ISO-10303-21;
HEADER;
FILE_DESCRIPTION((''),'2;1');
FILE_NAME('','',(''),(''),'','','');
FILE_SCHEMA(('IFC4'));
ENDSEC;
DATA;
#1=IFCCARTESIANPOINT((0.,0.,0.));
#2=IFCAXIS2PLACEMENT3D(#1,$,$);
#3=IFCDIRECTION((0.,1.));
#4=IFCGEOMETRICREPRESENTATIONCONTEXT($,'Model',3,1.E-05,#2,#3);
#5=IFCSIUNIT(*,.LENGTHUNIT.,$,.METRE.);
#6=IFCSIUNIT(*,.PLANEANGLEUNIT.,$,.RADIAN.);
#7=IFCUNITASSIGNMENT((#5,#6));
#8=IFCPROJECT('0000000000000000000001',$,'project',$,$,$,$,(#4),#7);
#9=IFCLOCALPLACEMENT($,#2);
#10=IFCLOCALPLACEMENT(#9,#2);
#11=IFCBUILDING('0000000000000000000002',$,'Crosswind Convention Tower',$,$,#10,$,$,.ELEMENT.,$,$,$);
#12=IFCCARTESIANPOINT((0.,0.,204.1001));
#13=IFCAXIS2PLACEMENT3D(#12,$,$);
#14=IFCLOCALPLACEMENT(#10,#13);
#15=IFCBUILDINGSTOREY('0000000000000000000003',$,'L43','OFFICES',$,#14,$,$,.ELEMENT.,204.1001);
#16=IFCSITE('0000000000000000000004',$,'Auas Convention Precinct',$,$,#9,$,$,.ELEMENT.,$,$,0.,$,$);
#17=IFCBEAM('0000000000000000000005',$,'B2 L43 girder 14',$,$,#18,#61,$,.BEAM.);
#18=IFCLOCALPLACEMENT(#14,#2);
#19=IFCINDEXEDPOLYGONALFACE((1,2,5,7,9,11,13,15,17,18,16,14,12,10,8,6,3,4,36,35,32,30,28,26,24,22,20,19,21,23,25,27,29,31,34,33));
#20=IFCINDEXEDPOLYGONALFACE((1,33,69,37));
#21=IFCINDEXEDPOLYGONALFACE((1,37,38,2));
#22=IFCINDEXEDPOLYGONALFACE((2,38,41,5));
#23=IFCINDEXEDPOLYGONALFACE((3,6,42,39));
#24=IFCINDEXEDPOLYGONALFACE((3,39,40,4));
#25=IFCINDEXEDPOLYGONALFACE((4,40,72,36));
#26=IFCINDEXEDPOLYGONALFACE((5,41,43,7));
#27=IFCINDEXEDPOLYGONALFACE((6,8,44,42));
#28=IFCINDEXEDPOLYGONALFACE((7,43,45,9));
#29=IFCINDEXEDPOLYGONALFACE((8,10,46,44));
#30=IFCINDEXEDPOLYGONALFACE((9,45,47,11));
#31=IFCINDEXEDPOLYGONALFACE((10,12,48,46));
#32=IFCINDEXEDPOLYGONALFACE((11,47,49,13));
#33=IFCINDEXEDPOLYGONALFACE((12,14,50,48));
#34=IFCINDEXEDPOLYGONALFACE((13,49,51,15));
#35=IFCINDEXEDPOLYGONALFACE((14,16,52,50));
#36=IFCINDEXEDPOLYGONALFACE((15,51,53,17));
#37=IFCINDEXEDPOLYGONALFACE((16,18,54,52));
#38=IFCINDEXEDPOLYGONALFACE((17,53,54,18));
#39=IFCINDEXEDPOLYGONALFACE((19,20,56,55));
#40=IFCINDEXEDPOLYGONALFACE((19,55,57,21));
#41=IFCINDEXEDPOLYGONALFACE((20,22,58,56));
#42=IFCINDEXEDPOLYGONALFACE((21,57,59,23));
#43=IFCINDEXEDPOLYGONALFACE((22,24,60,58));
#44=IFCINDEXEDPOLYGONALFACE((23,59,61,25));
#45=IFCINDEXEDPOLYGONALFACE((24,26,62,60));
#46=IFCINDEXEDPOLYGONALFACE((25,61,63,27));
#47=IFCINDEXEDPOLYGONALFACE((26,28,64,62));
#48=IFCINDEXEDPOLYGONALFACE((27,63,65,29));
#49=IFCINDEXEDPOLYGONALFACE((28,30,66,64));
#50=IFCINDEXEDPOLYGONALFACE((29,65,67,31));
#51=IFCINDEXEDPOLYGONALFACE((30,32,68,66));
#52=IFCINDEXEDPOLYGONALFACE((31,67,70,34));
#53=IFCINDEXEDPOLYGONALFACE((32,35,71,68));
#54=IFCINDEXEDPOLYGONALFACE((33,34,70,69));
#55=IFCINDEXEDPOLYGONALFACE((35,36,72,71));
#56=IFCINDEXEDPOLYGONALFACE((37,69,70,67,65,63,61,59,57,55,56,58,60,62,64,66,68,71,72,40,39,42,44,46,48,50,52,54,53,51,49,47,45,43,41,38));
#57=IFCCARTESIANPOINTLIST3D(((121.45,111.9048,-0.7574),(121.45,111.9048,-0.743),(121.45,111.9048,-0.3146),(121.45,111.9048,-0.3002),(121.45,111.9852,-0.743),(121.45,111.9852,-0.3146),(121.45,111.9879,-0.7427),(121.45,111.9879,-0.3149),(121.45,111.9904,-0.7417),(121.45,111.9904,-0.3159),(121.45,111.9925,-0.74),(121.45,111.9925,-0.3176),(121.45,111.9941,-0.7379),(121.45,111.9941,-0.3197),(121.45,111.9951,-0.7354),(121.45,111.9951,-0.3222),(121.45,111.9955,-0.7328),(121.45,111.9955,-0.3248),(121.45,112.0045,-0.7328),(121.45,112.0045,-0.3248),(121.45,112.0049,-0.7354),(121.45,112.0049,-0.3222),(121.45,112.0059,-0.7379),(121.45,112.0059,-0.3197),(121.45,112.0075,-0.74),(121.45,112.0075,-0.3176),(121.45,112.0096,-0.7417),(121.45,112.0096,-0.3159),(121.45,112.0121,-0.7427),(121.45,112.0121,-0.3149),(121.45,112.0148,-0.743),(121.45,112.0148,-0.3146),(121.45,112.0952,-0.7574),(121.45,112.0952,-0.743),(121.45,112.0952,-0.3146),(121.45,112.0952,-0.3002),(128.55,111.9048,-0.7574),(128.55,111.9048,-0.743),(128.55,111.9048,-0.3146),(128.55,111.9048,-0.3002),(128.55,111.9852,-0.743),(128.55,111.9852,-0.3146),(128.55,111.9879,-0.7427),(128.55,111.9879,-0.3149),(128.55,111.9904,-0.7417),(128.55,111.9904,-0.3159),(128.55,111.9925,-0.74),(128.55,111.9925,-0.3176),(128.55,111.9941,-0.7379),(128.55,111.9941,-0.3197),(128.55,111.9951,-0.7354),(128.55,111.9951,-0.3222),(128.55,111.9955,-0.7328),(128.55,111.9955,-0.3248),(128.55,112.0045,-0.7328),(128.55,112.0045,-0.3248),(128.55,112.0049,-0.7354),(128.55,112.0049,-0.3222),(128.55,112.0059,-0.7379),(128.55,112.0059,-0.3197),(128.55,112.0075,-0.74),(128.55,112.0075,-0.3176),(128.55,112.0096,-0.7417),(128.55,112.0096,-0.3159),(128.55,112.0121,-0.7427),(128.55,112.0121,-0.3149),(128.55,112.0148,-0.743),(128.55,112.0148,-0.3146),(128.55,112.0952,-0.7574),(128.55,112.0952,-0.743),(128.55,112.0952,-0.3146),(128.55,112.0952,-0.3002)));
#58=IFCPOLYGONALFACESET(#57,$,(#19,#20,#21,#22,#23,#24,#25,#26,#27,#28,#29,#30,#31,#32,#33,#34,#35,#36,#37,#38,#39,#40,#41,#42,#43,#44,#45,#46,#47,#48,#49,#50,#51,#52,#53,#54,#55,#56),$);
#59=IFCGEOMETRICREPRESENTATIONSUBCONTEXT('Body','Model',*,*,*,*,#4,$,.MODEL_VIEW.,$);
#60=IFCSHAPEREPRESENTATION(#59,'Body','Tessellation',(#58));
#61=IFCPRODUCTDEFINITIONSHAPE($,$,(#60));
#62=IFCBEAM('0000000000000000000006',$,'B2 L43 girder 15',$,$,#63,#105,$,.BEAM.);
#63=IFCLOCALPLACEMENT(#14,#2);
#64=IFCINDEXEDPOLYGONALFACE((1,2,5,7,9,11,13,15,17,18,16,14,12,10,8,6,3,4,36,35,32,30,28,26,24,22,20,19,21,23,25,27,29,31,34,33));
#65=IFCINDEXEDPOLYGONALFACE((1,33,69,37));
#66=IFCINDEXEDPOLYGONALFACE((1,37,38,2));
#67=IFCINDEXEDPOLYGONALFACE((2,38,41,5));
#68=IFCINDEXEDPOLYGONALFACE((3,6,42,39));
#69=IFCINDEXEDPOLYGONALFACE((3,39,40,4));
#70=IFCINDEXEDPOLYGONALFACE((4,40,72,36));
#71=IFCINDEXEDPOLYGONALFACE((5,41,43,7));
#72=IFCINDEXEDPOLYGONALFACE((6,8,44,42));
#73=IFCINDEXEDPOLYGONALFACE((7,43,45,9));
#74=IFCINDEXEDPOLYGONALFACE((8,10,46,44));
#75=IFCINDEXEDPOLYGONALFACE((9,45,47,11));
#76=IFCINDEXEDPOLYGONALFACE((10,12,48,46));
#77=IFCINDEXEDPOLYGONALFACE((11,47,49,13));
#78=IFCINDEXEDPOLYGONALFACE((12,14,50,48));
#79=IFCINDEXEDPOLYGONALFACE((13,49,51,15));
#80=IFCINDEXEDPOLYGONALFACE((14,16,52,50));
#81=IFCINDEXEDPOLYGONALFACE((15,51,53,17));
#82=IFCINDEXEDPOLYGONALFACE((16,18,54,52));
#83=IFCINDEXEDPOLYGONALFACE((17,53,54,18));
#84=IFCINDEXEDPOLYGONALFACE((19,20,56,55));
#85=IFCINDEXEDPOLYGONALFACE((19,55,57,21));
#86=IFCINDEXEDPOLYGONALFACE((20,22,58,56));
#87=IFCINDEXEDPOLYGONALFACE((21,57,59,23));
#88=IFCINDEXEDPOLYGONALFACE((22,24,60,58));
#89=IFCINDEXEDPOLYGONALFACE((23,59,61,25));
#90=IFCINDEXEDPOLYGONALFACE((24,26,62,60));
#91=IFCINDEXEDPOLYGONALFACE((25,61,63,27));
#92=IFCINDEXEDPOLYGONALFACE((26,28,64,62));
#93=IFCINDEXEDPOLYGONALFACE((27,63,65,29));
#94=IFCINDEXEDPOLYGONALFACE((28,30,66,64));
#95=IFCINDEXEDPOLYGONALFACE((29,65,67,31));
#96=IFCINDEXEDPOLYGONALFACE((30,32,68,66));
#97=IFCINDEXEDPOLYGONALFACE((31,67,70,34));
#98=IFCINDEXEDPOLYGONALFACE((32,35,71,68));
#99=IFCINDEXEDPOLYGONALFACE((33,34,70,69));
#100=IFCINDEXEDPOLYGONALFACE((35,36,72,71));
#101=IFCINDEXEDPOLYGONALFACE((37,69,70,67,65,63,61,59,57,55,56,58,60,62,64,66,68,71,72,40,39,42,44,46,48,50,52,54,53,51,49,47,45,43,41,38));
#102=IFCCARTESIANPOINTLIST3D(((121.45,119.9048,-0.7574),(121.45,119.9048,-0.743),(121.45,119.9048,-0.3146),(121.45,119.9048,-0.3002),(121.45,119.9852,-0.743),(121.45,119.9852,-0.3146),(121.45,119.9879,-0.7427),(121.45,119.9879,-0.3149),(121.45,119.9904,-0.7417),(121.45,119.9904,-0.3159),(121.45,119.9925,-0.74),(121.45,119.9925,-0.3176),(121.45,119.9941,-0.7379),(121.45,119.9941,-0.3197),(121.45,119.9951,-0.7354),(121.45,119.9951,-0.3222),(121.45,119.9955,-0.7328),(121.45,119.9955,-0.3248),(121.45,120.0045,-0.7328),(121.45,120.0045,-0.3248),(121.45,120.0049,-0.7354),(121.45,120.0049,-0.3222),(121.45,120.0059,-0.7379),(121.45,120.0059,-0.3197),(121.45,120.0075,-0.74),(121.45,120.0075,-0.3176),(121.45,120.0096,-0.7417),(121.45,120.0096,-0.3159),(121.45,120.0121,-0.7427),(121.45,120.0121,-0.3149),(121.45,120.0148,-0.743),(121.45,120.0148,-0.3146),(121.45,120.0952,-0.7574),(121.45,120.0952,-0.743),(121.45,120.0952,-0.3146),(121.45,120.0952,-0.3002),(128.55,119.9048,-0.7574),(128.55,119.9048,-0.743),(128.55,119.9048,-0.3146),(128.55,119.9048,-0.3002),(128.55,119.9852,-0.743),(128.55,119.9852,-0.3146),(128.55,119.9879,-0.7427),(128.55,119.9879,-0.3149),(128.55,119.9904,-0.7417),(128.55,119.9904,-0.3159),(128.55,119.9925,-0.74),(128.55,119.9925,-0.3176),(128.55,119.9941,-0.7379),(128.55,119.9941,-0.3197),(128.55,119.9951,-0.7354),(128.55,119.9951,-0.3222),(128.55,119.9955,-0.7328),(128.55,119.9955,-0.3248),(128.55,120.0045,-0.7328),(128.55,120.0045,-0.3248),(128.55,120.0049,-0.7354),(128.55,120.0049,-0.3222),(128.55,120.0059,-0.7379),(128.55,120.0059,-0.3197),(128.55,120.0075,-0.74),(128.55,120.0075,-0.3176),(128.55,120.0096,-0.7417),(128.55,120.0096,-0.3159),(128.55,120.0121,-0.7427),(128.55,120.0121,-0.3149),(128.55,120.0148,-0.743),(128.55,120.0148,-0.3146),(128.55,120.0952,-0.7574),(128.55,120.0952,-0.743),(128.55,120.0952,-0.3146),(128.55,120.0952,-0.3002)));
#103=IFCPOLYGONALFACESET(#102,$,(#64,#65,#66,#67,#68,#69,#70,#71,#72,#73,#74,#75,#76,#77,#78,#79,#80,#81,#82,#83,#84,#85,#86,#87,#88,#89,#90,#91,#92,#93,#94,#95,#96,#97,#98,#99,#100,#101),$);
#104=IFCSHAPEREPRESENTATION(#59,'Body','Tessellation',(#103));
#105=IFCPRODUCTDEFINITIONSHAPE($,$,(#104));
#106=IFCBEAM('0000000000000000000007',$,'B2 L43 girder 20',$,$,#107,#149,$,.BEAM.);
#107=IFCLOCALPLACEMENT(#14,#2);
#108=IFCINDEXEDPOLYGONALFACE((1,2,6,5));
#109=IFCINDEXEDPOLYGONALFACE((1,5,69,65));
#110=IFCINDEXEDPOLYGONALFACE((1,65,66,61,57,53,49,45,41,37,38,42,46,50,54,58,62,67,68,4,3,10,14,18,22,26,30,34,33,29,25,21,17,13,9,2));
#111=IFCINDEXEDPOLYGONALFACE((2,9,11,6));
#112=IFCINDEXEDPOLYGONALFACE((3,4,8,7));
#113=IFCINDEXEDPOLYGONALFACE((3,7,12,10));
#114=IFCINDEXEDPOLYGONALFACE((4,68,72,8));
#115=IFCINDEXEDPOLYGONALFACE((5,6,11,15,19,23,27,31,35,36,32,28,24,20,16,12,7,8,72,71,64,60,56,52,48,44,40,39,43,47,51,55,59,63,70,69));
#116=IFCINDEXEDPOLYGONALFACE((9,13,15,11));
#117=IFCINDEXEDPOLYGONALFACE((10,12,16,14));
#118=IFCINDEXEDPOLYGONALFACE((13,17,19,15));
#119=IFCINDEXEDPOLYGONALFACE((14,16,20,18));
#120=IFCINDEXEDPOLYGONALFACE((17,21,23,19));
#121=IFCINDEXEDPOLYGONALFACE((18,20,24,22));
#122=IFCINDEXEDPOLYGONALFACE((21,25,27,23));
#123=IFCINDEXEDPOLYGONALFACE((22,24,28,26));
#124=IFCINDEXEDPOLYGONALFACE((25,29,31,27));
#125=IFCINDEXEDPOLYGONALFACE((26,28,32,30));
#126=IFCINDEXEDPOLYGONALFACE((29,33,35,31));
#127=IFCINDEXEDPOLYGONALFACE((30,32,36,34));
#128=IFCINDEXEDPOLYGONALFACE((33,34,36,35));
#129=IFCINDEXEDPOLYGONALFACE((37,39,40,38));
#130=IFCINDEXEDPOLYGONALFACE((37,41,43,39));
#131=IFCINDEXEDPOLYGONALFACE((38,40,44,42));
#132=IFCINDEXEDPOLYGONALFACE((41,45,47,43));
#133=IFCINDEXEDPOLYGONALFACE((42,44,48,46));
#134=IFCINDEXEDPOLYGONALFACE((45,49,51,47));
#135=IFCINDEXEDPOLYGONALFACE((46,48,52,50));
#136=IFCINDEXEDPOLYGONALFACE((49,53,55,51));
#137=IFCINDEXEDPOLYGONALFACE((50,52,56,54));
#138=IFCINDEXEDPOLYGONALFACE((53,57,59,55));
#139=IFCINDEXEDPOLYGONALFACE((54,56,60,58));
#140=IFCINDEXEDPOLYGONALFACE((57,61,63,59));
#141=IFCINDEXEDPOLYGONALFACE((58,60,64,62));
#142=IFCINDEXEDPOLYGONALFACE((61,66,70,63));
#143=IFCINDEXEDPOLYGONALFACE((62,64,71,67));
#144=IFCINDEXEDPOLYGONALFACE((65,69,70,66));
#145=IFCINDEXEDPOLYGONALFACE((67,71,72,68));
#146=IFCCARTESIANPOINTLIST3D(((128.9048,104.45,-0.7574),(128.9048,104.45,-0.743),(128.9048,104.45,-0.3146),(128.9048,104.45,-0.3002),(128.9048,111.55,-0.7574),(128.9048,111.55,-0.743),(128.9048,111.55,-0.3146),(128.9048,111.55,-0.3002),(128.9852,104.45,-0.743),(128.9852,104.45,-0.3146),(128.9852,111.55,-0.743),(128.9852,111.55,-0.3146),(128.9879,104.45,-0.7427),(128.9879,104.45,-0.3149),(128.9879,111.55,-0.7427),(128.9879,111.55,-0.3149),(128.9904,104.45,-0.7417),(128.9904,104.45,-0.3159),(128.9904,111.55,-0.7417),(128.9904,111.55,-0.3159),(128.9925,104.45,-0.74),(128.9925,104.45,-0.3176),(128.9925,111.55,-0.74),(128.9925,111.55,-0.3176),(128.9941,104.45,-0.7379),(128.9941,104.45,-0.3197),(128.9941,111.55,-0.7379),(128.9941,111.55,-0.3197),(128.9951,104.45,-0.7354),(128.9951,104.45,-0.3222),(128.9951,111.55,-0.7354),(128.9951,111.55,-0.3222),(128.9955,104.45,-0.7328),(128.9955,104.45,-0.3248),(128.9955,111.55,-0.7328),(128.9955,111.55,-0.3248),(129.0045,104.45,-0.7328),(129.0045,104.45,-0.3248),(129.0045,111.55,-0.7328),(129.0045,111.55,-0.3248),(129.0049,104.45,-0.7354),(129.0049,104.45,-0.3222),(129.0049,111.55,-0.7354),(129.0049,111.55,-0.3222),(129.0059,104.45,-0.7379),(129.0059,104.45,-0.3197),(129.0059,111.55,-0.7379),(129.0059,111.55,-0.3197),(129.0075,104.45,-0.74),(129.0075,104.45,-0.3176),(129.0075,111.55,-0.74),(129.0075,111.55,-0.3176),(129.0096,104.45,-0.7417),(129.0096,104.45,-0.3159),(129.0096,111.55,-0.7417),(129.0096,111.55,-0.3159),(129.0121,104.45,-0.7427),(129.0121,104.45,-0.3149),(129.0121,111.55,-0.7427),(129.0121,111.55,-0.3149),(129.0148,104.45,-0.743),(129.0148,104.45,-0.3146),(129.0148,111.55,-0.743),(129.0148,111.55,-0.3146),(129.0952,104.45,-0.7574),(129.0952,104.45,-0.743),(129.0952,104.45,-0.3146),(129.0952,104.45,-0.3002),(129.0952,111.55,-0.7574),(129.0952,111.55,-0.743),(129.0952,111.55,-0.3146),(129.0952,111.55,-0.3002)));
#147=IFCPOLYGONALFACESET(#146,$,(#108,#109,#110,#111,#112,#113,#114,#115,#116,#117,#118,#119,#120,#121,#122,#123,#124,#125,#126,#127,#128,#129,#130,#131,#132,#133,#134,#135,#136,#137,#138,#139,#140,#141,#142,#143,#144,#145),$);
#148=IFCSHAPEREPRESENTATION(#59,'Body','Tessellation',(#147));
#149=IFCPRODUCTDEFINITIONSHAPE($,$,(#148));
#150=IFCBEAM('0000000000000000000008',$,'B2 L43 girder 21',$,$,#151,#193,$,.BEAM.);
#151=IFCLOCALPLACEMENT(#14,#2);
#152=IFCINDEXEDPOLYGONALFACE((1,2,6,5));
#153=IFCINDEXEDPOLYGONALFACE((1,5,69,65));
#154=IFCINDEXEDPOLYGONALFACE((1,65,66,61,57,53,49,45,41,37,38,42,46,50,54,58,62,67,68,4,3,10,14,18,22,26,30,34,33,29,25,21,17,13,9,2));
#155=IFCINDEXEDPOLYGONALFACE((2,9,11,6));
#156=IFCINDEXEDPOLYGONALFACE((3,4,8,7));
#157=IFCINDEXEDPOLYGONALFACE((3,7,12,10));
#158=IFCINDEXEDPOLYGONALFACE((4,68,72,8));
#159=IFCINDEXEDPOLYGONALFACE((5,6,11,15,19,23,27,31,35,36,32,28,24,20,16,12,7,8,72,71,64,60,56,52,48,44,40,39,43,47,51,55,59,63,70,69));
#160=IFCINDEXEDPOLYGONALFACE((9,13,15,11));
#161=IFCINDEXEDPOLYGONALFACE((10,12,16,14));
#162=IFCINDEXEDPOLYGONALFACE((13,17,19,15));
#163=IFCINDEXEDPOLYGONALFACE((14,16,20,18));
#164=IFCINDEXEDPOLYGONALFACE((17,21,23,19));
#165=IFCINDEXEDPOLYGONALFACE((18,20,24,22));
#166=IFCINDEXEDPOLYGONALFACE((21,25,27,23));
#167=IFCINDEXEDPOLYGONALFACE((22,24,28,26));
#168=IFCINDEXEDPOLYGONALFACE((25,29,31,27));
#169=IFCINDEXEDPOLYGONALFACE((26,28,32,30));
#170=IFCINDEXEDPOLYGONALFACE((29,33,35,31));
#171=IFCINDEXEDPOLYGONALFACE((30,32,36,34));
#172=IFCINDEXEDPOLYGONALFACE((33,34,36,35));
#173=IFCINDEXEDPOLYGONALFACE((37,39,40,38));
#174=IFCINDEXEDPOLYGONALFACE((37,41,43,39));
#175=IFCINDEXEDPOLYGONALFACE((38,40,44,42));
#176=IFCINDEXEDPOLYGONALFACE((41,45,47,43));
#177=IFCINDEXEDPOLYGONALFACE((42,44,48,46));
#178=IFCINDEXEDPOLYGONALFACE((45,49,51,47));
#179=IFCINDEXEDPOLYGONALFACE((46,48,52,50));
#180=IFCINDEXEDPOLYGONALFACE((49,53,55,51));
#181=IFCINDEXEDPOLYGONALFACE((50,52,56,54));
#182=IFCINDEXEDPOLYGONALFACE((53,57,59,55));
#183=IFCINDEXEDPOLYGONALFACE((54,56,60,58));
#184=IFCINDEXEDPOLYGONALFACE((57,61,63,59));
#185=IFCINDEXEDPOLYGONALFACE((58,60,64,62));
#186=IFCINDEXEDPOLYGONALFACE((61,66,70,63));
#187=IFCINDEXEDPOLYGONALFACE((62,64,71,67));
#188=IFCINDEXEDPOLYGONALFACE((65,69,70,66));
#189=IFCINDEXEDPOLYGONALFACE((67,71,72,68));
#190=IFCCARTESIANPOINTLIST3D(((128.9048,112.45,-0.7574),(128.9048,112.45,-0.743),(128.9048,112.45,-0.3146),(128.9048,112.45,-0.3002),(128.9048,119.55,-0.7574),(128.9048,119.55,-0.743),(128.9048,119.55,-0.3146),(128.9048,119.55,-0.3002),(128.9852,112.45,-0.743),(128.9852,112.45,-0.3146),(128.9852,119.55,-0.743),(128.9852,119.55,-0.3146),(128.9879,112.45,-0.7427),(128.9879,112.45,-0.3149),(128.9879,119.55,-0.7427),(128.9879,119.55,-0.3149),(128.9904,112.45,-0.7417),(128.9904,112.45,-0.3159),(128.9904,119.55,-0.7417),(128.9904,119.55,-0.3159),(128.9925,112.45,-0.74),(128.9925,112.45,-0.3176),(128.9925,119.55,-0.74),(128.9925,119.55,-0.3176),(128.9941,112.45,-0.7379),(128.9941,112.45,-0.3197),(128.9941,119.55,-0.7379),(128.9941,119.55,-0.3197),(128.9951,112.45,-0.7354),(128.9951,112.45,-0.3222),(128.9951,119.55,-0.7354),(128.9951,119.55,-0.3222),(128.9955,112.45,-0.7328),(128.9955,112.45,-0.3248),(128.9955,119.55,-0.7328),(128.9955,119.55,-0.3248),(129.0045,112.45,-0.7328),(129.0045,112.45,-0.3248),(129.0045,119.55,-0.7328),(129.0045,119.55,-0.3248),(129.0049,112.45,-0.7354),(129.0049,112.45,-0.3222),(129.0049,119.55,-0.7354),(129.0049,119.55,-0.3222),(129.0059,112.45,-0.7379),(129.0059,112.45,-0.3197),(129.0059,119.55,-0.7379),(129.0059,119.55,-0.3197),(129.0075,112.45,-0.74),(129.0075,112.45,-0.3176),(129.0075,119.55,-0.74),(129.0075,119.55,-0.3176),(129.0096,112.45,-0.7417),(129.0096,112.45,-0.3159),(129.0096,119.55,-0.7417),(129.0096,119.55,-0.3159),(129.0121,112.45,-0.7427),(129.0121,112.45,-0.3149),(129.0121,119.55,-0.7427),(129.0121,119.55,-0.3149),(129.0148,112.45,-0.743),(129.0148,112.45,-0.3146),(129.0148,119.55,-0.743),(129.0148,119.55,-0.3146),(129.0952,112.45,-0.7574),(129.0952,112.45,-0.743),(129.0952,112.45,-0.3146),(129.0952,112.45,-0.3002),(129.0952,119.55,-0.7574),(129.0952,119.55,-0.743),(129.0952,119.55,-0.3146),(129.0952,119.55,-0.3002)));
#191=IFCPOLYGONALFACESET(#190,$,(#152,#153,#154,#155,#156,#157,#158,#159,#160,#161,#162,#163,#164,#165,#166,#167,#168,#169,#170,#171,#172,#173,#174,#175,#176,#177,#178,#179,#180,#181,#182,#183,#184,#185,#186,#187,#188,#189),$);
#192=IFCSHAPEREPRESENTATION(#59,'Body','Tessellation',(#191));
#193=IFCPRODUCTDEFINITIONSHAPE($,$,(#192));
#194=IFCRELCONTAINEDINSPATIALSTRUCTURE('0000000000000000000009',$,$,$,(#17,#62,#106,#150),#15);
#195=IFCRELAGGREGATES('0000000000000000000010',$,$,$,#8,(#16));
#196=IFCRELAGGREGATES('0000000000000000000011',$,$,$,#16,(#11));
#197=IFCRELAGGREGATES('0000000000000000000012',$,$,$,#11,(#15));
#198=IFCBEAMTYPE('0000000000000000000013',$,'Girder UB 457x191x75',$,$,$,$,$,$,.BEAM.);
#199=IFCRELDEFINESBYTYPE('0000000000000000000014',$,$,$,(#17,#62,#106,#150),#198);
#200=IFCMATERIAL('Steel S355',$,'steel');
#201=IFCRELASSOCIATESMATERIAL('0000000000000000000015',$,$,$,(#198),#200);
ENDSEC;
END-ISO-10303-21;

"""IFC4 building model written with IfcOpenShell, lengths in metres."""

from ifc_helpers import new_model, si_unit, direction, frame, origin, origin_2d, place, context, subcontext, project, spatial, i_section, extrude, material, material_profile, profile_set, type_object, element, save


model = new_model("IFC4")

# Units and contexts
model_context = context("Model", 3, precision=1e-05, world=origin(), true_north=direction((0.0, 1.0)))
body_context = subcontext(model_context, "Body", "Model", "MODEL_VIEW")
ifc_project = project(units=[si_unit("LENGTHUNIT", "METRE"), si_unit("PLANEANGLEUNIT", "RADIAN")], contexts=[model_context])

# Site, building, storey
site_placement = place(None, origin())
site = spatial("IfcSite", under=ifc_project, at=site_placement, Name="Auas Convention Precinct", CompositionType="ELEMENT", RefElevation=0.0)
building_placement = place(site_placement, origin())
building = spatial("IfcBuilding", under=site, at=building_placement, Name="Crosswind Convention Tower", CompositionType="ELEMENT")
storey_placement = place(building_placement, frame((0.0, 0.0, 204.1001)))
storey = spatial("IfcBuildingStorey", under=building, at=storey_placement, Name="L43", Description="OFFICES", CompositionType="ELEMENT", Elevation=204.1001)

# Beams
ifc_material_1 = material(Name="Steel S355", Category="steel")
ifc_material_profile_1 = material_profile(ifc_material_1, i_section(OverallWidth=0.1904, OverallDepth=0.4573, WebThickness=0.009, FlangeThickness=0.0144, FilletRadius=0.0103, at=origin_2d()), Name="UB 457x191x75")
ifc_profile_set_1 = profile_set([ifc_material_profile_1], Name="Steel S355")
beam_type_1 = type_object("IfcBeamType", Name="Girder UB 457x191x75", PredefinedType="BEAM", material=ifc_profile_set_1)
for number, where, z_axis, x_axis, name in (
    (1, (121.45, 112.0, -0.5288), (1.0, 0.0, 0.0), (0.0, 1.0, 0.0), "B2 L43 girder 14"),
    (2, (121.45, 120.0, -0.5288), (1.0, 0.0, 0.0), (0.0, 1.0, 0.0), "B2 L43 girder 15"),
    (3, (129.0, 104.45, -0.5288), (0.0, 1.0, 0.0), (-1.0, 0.0, 0.0), "B2 L43 girder 20"),
    (4, (129.0, 112.45, -0.5288), (0.0, 1.0, 0.0), (-1.0, 0.0, 0.0), "B2 L43 girder 21"),
):
    element("IfcBeam", number, at=place(storey_placement, frame(where, z_axis=z_axis, x_axis=x_axis)), inside=storey, type_object=beam_type_1, Name=name, PredefinedType="BEAM", context=body_context, shape_type="SweptSolid", body=[
        extrude(i_section(OverallWidth=0.1904, OverallDepth=0.4573, WebThickness=0.009, FlangeThickness=0.0144, FilletRadius=0.0103, at=origin_2d()), origin(), (0.0, 0.0, 1.0), 7.1001),
    ])

save(model, "model.ifc")
